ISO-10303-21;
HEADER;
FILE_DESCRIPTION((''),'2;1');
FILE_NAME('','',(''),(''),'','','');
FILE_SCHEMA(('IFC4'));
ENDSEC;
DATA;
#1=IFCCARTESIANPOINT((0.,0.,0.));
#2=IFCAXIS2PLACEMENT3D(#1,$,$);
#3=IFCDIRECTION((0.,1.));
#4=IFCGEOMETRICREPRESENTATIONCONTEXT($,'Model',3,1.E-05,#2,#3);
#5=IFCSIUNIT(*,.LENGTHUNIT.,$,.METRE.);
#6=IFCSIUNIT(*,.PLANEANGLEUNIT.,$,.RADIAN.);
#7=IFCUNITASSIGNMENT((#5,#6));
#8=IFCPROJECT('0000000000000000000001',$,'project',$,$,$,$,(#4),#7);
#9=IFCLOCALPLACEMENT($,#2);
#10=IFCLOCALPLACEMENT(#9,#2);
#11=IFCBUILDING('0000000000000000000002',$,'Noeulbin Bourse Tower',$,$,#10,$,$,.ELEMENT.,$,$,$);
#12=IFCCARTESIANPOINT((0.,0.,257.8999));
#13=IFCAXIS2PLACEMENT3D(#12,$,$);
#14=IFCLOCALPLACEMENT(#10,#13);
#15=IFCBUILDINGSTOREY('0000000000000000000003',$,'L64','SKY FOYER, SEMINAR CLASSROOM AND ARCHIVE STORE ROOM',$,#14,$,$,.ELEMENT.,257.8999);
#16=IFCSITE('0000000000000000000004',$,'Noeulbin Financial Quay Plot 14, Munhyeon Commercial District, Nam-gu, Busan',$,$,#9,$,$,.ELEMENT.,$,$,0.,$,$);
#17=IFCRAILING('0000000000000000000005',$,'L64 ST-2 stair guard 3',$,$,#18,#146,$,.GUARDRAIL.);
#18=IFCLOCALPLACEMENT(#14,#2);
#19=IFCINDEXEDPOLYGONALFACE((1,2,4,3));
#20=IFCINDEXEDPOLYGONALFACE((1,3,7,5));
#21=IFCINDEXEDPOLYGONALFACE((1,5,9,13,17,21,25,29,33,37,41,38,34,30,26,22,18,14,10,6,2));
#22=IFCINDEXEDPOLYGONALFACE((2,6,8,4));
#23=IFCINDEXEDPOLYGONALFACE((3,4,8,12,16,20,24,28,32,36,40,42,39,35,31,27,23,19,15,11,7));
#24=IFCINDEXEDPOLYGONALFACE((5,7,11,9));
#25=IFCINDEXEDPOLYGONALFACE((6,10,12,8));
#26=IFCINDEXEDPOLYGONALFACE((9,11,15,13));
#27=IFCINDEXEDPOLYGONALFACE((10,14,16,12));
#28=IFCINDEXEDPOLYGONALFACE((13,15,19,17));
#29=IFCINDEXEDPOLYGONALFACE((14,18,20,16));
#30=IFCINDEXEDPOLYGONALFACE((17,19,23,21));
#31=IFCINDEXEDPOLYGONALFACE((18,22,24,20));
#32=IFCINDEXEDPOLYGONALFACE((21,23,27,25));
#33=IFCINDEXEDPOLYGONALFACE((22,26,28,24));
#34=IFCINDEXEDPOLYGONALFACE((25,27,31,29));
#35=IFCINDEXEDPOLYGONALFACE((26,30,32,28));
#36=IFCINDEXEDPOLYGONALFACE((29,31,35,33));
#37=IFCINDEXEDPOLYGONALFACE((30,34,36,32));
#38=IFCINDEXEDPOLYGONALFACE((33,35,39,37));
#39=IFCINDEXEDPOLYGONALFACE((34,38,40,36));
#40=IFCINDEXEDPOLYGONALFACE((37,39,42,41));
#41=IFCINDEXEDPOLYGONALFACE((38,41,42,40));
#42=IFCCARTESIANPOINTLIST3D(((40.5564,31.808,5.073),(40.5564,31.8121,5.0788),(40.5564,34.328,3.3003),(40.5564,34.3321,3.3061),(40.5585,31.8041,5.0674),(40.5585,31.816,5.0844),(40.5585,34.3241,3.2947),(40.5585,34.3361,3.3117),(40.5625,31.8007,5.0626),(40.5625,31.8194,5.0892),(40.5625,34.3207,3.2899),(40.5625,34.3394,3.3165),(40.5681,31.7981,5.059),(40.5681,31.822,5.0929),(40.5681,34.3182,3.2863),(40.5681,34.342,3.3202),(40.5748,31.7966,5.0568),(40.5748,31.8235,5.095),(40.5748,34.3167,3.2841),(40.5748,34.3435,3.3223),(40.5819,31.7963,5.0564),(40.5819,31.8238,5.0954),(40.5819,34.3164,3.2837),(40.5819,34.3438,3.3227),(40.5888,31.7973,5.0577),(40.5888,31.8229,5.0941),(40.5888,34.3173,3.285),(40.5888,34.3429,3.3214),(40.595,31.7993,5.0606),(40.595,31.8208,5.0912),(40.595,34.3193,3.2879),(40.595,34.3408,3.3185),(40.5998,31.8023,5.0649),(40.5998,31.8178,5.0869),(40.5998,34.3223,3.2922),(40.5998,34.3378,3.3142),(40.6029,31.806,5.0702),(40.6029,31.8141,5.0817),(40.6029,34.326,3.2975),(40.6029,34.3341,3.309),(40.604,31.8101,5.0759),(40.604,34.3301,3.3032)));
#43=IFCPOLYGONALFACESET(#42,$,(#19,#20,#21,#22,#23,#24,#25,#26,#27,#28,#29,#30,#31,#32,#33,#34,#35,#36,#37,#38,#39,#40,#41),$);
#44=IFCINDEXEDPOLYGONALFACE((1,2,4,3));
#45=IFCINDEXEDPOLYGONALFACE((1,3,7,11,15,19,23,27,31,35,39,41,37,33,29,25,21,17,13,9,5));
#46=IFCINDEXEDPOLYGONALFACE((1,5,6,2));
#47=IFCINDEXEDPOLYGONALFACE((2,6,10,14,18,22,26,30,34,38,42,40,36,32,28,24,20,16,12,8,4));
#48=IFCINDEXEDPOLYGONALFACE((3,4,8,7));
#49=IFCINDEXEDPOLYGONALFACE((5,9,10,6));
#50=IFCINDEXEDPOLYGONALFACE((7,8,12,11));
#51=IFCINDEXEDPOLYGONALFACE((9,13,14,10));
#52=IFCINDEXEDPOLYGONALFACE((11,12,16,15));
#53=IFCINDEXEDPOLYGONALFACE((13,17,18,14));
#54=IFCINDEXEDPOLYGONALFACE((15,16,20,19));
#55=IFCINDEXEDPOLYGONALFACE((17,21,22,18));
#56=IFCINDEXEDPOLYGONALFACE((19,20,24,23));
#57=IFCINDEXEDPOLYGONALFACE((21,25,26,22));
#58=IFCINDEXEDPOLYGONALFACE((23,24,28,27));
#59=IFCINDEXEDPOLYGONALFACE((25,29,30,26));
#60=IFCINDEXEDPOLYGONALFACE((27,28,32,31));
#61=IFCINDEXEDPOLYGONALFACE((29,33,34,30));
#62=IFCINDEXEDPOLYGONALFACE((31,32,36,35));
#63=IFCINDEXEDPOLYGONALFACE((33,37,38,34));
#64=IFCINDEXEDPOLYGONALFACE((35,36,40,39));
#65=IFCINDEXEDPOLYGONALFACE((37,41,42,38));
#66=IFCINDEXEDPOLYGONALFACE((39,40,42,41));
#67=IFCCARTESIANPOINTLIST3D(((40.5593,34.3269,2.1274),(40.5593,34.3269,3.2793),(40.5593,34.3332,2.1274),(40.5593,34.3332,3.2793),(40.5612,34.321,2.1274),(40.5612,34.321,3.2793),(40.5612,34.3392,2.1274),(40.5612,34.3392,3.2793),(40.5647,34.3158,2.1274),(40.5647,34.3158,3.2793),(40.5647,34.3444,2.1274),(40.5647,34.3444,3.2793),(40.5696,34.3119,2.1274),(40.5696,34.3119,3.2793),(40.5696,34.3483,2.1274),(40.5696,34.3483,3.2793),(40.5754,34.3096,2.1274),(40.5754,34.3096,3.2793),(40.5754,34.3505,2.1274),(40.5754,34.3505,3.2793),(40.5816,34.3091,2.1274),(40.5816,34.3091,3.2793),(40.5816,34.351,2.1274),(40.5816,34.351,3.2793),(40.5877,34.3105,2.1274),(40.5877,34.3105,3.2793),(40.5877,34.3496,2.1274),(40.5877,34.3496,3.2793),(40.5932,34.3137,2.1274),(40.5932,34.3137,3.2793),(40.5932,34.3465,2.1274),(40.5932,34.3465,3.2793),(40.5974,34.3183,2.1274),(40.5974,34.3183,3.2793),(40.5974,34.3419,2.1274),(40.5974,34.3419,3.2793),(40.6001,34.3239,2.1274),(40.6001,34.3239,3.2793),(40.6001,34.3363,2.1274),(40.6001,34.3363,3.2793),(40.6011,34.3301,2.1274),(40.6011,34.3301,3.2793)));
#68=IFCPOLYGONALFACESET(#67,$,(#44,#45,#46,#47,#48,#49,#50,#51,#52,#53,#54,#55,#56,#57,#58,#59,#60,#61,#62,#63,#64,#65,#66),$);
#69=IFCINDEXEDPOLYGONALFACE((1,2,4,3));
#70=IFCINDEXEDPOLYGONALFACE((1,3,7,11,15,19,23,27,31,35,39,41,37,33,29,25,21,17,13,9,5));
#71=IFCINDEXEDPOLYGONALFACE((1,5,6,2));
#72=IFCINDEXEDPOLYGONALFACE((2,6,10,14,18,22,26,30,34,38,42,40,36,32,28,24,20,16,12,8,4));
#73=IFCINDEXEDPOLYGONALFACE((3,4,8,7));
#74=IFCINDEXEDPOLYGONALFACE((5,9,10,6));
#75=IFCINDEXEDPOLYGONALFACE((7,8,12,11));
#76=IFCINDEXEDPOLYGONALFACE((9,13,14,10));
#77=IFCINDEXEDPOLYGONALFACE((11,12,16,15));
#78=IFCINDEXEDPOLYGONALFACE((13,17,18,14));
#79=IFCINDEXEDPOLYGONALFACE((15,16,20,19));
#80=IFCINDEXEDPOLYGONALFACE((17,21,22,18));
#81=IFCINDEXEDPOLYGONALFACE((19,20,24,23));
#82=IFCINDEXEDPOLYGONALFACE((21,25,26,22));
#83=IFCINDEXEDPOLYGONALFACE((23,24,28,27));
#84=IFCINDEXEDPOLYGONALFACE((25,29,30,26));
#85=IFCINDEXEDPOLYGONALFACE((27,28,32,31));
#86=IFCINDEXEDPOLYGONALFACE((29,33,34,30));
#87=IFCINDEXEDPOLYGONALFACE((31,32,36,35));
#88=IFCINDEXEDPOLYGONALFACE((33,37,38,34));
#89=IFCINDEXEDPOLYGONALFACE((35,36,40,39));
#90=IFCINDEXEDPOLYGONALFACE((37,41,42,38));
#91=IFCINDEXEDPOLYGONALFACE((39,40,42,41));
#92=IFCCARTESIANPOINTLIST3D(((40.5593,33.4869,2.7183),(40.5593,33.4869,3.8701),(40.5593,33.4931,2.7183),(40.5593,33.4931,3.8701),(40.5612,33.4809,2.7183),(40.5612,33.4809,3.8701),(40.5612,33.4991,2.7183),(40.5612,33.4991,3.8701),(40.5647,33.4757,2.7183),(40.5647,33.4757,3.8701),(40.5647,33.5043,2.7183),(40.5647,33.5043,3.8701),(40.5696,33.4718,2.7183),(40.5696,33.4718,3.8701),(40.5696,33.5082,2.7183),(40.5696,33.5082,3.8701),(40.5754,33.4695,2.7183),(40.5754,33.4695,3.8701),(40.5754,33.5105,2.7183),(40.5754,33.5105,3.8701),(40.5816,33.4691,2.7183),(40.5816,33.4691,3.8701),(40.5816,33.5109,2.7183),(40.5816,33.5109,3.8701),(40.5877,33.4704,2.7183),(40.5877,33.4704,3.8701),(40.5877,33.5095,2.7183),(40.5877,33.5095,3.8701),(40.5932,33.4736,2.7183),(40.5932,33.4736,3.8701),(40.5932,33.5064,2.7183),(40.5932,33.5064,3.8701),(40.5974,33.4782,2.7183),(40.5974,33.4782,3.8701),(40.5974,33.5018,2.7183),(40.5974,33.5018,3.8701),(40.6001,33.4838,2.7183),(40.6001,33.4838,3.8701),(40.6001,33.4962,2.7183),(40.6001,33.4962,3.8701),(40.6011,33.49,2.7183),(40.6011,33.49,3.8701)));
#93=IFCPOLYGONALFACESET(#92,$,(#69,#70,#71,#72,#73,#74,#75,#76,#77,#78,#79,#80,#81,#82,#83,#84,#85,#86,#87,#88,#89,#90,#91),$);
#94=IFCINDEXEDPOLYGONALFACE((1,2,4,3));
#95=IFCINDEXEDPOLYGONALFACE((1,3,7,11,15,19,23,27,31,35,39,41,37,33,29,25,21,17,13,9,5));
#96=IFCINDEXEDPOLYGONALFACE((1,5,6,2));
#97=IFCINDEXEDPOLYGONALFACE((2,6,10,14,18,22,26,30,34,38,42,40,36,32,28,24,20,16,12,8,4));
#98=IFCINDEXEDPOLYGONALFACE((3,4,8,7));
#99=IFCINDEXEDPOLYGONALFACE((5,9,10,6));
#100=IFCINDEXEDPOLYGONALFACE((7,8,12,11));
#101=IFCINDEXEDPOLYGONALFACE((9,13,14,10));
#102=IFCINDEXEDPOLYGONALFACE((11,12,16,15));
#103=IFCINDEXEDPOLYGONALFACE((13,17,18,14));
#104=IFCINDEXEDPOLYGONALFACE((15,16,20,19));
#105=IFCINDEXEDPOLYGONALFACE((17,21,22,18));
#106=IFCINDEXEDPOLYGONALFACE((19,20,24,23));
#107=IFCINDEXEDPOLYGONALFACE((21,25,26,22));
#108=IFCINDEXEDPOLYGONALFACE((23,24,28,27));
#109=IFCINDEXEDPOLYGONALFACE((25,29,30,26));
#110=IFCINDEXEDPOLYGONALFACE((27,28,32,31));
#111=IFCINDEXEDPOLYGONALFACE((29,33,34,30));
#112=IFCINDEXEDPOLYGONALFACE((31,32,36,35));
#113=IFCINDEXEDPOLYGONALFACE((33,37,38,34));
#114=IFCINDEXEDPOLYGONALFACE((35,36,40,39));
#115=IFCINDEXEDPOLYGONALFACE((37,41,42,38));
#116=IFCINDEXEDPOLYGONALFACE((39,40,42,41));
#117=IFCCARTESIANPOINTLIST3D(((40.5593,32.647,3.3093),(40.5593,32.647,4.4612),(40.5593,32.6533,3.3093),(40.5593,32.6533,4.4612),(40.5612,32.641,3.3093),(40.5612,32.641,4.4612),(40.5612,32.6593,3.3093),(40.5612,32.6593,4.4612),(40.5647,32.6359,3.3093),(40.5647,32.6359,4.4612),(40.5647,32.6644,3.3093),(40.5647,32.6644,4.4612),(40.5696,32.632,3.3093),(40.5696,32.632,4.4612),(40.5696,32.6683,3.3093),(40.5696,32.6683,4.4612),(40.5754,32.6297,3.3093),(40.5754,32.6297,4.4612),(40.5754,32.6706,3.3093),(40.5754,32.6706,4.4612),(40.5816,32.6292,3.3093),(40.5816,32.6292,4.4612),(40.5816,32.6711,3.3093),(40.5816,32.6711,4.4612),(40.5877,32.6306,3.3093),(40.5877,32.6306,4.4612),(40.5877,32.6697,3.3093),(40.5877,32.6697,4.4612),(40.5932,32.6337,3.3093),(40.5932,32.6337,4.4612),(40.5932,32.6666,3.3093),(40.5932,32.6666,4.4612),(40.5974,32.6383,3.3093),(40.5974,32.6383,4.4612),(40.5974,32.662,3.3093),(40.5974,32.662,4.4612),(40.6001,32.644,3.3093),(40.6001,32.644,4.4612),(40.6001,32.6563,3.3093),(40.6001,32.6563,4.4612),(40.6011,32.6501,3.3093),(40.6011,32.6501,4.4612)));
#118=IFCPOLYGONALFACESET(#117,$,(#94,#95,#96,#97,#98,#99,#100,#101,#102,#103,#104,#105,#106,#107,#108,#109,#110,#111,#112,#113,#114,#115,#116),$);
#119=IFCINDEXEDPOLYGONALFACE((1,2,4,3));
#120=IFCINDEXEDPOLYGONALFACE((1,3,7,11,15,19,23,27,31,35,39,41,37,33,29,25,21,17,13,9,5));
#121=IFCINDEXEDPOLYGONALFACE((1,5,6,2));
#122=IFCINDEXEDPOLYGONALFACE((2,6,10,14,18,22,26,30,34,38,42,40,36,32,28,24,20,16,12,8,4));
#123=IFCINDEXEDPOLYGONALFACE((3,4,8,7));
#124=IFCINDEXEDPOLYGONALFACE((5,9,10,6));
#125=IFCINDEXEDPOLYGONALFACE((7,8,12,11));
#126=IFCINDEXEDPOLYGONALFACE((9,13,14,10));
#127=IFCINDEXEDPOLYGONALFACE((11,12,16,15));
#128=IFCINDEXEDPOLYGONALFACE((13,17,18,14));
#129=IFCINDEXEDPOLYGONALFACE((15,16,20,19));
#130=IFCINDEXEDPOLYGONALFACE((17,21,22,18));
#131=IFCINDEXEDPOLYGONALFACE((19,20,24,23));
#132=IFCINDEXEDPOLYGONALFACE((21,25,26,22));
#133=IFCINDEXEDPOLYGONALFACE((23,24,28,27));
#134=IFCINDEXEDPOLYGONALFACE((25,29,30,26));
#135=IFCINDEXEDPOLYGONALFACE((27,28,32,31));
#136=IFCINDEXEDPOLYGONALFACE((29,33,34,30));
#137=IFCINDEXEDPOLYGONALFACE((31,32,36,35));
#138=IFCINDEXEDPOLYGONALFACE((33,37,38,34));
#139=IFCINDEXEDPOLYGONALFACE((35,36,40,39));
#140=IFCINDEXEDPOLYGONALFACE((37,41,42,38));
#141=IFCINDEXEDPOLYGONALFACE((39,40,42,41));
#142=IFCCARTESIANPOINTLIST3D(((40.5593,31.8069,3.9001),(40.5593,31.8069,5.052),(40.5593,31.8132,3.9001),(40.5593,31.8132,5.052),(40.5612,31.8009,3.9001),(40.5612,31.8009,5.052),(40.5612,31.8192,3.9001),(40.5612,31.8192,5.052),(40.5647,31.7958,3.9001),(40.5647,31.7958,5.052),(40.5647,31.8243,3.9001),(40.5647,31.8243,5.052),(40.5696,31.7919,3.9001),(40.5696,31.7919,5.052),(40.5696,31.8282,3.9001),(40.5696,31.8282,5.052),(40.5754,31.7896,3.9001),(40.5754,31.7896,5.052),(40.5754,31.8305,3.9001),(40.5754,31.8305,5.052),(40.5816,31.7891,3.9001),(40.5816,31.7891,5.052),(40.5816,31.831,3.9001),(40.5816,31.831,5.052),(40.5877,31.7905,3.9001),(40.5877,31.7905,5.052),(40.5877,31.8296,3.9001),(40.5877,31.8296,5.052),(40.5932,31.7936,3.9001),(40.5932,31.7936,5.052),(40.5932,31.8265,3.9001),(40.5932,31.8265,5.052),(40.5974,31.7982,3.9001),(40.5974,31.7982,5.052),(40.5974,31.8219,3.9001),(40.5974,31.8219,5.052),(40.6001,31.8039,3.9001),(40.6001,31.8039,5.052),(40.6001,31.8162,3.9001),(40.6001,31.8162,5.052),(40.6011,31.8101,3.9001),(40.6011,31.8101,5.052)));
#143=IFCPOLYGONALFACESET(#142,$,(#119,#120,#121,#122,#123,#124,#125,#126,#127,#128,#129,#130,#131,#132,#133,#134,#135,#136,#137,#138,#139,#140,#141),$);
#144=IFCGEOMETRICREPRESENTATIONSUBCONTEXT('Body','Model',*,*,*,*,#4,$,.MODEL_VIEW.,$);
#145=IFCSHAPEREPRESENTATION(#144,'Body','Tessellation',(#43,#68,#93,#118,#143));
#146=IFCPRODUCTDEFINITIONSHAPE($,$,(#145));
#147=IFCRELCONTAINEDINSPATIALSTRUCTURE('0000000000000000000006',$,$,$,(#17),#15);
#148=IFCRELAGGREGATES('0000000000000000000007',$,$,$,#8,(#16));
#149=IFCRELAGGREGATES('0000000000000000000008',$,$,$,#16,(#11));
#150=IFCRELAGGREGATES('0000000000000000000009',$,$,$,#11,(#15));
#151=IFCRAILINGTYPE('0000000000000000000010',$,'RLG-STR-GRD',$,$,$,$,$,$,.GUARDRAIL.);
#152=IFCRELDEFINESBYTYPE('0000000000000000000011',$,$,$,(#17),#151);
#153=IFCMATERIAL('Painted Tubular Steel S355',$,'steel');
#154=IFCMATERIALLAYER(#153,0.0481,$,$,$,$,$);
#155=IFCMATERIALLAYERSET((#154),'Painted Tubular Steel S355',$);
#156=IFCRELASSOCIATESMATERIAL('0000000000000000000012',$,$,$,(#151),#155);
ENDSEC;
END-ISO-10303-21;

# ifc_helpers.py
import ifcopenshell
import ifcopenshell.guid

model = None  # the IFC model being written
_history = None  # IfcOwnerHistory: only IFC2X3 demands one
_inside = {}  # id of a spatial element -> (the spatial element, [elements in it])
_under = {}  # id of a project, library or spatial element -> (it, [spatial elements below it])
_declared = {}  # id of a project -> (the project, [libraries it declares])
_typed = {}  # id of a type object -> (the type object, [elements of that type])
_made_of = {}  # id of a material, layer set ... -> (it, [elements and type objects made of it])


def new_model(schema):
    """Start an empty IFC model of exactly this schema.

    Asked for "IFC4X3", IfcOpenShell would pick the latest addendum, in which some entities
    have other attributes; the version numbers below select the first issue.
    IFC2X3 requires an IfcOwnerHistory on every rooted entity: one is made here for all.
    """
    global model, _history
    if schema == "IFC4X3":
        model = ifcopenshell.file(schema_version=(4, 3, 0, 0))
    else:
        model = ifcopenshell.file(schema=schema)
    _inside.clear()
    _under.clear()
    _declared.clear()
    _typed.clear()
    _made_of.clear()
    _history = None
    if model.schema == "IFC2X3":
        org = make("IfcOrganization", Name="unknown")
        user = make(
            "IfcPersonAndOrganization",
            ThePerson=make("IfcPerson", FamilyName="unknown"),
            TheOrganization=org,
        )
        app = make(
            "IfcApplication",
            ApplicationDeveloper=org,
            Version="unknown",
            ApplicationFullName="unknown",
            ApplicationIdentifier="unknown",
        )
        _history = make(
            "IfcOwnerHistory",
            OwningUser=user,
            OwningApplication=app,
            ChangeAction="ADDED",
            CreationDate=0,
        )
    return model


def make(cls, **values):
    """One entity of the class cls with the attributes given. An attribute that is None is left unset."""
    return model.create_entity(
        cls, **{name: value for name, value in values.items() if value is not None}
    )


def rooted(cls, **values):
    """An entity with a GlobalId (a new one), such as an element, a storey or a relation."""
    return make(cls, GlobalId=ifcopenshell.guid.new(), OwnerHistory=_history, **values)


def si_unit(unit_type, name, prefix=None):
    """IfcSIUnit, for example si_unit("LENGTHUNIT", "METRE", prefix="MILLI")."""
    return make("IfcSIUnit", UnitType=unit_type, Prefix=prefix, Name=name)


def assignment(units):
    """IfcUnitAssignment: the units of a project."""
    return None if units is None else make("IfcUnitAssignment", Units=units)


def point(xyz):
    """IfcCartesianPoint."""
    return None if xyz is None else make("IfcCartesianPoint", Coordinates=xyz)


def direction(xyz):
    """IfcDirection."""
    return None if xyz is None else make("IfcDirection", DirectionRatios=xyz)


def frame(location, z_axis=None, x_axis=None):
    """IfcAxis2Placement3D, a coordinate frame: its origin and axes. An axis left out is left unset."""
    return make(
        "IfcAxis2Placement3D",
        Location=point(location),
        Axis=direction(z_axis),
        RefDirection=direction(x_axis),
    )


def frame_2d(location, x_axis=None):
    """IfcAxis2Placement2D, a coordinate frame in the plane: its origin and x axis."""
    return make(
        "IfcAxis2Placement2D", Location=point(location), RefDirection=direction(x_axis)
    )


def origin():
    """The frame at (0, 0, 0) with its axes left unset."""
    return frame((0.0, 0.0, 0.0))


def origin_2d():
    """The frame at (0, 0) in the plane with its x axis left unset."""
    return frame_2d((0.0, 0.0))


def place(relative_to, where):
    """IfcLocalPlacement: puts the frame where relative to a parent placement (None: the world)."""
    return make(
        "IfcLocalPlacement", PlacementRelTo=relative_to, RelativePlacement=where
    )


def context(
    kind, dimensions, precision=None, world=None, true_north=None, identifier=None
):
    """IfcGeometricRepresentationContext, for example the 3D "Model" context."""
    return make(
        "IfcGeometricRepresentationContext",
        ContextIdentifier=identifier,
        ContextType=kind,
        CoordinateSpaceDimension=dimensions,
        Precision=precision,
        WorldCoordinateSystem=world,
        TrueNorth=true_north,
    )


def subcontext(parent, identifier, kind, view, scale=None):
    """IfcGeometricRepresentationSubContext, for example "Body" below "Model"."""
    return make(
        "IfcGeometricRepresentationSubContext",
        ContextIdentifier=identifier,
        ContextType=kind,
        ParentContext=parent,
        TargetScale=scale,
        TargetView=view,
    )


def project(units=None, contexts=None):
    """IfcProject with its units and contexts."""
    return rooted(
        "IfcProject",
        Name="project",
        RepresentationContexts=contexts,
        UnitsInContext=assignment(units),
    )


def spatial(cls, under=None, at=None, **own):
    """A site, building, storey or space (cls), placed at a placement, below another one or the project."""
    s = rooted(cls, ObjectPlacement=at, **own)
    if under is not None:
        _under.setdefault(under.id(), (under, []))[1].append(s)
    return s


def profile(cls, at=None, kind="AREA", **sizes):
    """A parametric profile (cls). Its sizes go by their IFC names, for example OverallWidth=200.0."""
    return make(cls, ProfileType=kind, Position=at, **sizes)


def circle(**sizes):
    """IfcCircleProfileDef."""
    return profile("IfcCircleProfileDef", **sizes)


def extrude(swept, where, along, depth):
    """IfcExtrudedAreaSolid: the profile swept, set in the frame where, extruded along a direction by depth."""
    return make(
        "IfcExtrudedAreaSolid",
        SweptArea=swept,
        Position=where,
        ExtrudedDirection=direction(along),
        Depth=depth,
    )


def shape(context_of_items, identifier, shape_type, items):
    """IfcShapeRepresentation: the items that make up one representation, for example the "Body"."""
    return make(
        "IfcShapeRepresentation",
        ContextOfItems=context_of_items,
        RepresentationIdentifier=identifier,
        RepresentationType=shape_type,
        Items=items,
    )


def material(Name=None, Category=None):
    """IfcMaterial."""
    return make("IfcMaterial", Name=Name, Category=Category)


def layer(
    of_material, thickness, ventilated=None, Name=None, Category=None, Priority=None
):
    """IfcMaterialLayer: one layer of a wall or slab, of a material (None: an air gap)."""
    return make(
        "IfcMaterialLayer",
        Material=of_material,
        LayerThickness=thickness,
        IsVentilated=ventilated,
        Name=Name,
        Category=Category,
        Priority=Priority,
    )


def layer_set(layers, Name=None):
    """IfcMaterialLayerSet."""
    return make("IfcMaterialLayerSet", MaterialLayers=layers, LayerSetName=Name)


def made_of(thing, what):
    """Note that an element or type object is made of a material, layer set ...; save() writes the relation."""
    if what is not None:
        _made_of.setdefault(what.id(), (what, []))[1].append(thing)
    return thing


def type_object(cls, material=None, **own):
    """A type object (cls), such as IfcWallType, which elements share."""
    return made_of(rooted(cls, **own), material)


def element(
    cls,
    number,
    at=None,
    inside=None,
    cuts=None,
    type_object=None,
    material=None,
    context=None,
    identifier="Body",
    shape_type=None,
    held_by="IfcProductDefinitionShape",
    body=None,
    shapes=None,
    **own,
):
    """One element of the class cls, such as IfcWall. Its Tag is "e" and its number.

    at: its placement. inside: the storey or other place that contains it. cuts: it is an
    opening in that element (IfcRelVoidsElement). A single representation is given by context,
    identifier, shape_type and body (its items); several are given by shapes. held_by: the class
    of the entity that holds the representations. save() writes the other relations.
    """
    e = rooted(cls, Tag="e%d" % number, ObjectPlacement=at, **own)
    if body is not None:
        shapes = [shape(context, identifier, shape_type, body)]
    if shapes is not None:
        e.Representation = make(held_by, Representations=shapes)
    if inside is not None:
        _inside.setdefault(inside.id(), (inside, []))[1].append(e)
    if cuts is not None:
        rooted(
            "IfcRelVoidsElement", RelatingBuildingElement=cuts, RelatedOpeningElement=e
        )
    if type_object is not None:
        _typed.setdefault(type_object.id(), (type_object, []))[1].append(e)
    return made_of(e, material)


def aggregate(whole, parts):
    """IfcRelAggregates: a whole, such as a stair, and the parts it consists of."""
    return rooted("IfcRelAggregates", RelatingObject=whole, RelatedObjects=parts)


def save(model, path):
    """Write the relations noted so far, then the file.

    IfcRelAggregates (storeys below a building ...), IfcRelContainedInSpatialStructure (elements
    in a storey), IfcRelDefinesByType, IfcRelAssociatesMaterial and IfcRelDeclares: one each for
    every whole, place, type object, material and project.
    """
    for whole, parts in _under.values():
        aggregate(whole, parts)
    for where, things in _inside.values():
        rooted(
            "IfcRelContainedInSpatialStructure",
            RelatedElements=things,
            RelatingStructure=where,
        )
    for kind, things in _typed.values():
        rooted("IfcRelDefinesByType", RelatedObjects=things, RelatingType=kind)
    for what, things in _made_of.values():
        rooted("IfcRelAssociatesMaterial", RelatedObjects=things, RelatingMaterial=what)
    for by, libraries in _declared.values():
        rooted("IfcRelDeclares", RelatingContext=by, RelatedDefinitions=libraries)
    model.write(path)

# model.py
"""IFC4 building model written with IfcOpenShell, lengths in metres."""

from ifc_helpers import new_model, si_unit, direction, frame, origin, origin_2d, place, context, subcontext, project, spatial, circle, extrude, material, layer, layer_set, type_object, element, save


model = new_model("IFC4")

# Units and contexts
model_context = context("Model", 3, precision=1e-05, world=origin(), true_north=direction((0.0, 1.0)))
body_context = subcontext(model_context, "Body", "Model", "MODEL_VIEW")
ifc_project = project(units=[si_unit("LENGTHUNIT", "METRE"), si_unit("PLANEANGLEUNIT", "RADIAN")], contexts=[model_context])

# Site, building, storey
site_placement = place(None, origin())
site = spatial("IfcSite", under=ifc_project, at=site_placement, Name="Noeulbin Financial Quay Plot 14, Munhyeon Commercial District, Nam-gu, Busan", CompositionType="ELEMENT", RefElevation=0.0)
building_placement = place(site_placement, origin())
building = spatial("IfcBuilding", under=site, at=building_placement, Name="Noeulbin Bourse Tower", CompositionType="ELEMENT")
storey_placement = place(building_placement, frame((0.0, 0.0, 257.8999)))
storey = spatial("IfcBuildingStorey", under=building, at=storey_placement, Name="L64", Description="SKY FOYER, SEMINAR CLASSROOM AND ARCHIVE STORE ROOM", CompositionType="ELEMENT", Elevation=257.8999)

# Railing
ifc_material_1 = material(Name="Painted Tubular Steel S355", Category="steel")
ifc_layer_1 = layer(ifc_material_1, 0.0481)
ifc_layer_set_1 = layer_set([ifc_layer_1], Name="Painted Tubular Steel S355")
railing_type_1 = type_object("IfcRailingType", Name="RLG-STR-GRD", PredefinedType="GUARDRAIL", material=ifc_layer_set_1)
railing_1_placement = place(storey_placement, frame((40.5801, 34.3301, 2.1274)))
element("IfcRailing", 1, at=railing_1_placement, inside=storey, type_object=railing_type_1, Name="L64 ST-2 stair guard 3", PredefinedType="GUARDRAIL", context=body_context, shape_type="SweptSolid", body=[
    extrude(circle(Radius=0.0239, at=origin_2d()), frame((0.0, 0.0, 1.1758), z_axis=(0.0, -0.817904, 0.575354), x_axis=(1.0, 0.0, 0.0)), (0.0, 0.0, 1.0), 3.0811),
    extrude(circle(Radius=0.021, at=origin_2d()), origin(), (0.0, 0.0, 1.0), 1.1519),
    extrude(circle(Radius=0.021, at=origin_2d()), frame((0.0, -0.8401, 0.5908)), (0.0, 0.0, 1.0), 1.1519),
    extrude(circle(Radius=0.021, at=origin_2d()), frame((0.0, -1.6799, 1.1819)), (0.0, 0.0, 1.0), 1.1519),
    extrude(circle(Radius=0.021, at=origin_2d()), frame((0.0, -2.52, 1.7727)), (0.0, 0.0, 1.0), 1.1519),
])

save(model, "model.ifc")
